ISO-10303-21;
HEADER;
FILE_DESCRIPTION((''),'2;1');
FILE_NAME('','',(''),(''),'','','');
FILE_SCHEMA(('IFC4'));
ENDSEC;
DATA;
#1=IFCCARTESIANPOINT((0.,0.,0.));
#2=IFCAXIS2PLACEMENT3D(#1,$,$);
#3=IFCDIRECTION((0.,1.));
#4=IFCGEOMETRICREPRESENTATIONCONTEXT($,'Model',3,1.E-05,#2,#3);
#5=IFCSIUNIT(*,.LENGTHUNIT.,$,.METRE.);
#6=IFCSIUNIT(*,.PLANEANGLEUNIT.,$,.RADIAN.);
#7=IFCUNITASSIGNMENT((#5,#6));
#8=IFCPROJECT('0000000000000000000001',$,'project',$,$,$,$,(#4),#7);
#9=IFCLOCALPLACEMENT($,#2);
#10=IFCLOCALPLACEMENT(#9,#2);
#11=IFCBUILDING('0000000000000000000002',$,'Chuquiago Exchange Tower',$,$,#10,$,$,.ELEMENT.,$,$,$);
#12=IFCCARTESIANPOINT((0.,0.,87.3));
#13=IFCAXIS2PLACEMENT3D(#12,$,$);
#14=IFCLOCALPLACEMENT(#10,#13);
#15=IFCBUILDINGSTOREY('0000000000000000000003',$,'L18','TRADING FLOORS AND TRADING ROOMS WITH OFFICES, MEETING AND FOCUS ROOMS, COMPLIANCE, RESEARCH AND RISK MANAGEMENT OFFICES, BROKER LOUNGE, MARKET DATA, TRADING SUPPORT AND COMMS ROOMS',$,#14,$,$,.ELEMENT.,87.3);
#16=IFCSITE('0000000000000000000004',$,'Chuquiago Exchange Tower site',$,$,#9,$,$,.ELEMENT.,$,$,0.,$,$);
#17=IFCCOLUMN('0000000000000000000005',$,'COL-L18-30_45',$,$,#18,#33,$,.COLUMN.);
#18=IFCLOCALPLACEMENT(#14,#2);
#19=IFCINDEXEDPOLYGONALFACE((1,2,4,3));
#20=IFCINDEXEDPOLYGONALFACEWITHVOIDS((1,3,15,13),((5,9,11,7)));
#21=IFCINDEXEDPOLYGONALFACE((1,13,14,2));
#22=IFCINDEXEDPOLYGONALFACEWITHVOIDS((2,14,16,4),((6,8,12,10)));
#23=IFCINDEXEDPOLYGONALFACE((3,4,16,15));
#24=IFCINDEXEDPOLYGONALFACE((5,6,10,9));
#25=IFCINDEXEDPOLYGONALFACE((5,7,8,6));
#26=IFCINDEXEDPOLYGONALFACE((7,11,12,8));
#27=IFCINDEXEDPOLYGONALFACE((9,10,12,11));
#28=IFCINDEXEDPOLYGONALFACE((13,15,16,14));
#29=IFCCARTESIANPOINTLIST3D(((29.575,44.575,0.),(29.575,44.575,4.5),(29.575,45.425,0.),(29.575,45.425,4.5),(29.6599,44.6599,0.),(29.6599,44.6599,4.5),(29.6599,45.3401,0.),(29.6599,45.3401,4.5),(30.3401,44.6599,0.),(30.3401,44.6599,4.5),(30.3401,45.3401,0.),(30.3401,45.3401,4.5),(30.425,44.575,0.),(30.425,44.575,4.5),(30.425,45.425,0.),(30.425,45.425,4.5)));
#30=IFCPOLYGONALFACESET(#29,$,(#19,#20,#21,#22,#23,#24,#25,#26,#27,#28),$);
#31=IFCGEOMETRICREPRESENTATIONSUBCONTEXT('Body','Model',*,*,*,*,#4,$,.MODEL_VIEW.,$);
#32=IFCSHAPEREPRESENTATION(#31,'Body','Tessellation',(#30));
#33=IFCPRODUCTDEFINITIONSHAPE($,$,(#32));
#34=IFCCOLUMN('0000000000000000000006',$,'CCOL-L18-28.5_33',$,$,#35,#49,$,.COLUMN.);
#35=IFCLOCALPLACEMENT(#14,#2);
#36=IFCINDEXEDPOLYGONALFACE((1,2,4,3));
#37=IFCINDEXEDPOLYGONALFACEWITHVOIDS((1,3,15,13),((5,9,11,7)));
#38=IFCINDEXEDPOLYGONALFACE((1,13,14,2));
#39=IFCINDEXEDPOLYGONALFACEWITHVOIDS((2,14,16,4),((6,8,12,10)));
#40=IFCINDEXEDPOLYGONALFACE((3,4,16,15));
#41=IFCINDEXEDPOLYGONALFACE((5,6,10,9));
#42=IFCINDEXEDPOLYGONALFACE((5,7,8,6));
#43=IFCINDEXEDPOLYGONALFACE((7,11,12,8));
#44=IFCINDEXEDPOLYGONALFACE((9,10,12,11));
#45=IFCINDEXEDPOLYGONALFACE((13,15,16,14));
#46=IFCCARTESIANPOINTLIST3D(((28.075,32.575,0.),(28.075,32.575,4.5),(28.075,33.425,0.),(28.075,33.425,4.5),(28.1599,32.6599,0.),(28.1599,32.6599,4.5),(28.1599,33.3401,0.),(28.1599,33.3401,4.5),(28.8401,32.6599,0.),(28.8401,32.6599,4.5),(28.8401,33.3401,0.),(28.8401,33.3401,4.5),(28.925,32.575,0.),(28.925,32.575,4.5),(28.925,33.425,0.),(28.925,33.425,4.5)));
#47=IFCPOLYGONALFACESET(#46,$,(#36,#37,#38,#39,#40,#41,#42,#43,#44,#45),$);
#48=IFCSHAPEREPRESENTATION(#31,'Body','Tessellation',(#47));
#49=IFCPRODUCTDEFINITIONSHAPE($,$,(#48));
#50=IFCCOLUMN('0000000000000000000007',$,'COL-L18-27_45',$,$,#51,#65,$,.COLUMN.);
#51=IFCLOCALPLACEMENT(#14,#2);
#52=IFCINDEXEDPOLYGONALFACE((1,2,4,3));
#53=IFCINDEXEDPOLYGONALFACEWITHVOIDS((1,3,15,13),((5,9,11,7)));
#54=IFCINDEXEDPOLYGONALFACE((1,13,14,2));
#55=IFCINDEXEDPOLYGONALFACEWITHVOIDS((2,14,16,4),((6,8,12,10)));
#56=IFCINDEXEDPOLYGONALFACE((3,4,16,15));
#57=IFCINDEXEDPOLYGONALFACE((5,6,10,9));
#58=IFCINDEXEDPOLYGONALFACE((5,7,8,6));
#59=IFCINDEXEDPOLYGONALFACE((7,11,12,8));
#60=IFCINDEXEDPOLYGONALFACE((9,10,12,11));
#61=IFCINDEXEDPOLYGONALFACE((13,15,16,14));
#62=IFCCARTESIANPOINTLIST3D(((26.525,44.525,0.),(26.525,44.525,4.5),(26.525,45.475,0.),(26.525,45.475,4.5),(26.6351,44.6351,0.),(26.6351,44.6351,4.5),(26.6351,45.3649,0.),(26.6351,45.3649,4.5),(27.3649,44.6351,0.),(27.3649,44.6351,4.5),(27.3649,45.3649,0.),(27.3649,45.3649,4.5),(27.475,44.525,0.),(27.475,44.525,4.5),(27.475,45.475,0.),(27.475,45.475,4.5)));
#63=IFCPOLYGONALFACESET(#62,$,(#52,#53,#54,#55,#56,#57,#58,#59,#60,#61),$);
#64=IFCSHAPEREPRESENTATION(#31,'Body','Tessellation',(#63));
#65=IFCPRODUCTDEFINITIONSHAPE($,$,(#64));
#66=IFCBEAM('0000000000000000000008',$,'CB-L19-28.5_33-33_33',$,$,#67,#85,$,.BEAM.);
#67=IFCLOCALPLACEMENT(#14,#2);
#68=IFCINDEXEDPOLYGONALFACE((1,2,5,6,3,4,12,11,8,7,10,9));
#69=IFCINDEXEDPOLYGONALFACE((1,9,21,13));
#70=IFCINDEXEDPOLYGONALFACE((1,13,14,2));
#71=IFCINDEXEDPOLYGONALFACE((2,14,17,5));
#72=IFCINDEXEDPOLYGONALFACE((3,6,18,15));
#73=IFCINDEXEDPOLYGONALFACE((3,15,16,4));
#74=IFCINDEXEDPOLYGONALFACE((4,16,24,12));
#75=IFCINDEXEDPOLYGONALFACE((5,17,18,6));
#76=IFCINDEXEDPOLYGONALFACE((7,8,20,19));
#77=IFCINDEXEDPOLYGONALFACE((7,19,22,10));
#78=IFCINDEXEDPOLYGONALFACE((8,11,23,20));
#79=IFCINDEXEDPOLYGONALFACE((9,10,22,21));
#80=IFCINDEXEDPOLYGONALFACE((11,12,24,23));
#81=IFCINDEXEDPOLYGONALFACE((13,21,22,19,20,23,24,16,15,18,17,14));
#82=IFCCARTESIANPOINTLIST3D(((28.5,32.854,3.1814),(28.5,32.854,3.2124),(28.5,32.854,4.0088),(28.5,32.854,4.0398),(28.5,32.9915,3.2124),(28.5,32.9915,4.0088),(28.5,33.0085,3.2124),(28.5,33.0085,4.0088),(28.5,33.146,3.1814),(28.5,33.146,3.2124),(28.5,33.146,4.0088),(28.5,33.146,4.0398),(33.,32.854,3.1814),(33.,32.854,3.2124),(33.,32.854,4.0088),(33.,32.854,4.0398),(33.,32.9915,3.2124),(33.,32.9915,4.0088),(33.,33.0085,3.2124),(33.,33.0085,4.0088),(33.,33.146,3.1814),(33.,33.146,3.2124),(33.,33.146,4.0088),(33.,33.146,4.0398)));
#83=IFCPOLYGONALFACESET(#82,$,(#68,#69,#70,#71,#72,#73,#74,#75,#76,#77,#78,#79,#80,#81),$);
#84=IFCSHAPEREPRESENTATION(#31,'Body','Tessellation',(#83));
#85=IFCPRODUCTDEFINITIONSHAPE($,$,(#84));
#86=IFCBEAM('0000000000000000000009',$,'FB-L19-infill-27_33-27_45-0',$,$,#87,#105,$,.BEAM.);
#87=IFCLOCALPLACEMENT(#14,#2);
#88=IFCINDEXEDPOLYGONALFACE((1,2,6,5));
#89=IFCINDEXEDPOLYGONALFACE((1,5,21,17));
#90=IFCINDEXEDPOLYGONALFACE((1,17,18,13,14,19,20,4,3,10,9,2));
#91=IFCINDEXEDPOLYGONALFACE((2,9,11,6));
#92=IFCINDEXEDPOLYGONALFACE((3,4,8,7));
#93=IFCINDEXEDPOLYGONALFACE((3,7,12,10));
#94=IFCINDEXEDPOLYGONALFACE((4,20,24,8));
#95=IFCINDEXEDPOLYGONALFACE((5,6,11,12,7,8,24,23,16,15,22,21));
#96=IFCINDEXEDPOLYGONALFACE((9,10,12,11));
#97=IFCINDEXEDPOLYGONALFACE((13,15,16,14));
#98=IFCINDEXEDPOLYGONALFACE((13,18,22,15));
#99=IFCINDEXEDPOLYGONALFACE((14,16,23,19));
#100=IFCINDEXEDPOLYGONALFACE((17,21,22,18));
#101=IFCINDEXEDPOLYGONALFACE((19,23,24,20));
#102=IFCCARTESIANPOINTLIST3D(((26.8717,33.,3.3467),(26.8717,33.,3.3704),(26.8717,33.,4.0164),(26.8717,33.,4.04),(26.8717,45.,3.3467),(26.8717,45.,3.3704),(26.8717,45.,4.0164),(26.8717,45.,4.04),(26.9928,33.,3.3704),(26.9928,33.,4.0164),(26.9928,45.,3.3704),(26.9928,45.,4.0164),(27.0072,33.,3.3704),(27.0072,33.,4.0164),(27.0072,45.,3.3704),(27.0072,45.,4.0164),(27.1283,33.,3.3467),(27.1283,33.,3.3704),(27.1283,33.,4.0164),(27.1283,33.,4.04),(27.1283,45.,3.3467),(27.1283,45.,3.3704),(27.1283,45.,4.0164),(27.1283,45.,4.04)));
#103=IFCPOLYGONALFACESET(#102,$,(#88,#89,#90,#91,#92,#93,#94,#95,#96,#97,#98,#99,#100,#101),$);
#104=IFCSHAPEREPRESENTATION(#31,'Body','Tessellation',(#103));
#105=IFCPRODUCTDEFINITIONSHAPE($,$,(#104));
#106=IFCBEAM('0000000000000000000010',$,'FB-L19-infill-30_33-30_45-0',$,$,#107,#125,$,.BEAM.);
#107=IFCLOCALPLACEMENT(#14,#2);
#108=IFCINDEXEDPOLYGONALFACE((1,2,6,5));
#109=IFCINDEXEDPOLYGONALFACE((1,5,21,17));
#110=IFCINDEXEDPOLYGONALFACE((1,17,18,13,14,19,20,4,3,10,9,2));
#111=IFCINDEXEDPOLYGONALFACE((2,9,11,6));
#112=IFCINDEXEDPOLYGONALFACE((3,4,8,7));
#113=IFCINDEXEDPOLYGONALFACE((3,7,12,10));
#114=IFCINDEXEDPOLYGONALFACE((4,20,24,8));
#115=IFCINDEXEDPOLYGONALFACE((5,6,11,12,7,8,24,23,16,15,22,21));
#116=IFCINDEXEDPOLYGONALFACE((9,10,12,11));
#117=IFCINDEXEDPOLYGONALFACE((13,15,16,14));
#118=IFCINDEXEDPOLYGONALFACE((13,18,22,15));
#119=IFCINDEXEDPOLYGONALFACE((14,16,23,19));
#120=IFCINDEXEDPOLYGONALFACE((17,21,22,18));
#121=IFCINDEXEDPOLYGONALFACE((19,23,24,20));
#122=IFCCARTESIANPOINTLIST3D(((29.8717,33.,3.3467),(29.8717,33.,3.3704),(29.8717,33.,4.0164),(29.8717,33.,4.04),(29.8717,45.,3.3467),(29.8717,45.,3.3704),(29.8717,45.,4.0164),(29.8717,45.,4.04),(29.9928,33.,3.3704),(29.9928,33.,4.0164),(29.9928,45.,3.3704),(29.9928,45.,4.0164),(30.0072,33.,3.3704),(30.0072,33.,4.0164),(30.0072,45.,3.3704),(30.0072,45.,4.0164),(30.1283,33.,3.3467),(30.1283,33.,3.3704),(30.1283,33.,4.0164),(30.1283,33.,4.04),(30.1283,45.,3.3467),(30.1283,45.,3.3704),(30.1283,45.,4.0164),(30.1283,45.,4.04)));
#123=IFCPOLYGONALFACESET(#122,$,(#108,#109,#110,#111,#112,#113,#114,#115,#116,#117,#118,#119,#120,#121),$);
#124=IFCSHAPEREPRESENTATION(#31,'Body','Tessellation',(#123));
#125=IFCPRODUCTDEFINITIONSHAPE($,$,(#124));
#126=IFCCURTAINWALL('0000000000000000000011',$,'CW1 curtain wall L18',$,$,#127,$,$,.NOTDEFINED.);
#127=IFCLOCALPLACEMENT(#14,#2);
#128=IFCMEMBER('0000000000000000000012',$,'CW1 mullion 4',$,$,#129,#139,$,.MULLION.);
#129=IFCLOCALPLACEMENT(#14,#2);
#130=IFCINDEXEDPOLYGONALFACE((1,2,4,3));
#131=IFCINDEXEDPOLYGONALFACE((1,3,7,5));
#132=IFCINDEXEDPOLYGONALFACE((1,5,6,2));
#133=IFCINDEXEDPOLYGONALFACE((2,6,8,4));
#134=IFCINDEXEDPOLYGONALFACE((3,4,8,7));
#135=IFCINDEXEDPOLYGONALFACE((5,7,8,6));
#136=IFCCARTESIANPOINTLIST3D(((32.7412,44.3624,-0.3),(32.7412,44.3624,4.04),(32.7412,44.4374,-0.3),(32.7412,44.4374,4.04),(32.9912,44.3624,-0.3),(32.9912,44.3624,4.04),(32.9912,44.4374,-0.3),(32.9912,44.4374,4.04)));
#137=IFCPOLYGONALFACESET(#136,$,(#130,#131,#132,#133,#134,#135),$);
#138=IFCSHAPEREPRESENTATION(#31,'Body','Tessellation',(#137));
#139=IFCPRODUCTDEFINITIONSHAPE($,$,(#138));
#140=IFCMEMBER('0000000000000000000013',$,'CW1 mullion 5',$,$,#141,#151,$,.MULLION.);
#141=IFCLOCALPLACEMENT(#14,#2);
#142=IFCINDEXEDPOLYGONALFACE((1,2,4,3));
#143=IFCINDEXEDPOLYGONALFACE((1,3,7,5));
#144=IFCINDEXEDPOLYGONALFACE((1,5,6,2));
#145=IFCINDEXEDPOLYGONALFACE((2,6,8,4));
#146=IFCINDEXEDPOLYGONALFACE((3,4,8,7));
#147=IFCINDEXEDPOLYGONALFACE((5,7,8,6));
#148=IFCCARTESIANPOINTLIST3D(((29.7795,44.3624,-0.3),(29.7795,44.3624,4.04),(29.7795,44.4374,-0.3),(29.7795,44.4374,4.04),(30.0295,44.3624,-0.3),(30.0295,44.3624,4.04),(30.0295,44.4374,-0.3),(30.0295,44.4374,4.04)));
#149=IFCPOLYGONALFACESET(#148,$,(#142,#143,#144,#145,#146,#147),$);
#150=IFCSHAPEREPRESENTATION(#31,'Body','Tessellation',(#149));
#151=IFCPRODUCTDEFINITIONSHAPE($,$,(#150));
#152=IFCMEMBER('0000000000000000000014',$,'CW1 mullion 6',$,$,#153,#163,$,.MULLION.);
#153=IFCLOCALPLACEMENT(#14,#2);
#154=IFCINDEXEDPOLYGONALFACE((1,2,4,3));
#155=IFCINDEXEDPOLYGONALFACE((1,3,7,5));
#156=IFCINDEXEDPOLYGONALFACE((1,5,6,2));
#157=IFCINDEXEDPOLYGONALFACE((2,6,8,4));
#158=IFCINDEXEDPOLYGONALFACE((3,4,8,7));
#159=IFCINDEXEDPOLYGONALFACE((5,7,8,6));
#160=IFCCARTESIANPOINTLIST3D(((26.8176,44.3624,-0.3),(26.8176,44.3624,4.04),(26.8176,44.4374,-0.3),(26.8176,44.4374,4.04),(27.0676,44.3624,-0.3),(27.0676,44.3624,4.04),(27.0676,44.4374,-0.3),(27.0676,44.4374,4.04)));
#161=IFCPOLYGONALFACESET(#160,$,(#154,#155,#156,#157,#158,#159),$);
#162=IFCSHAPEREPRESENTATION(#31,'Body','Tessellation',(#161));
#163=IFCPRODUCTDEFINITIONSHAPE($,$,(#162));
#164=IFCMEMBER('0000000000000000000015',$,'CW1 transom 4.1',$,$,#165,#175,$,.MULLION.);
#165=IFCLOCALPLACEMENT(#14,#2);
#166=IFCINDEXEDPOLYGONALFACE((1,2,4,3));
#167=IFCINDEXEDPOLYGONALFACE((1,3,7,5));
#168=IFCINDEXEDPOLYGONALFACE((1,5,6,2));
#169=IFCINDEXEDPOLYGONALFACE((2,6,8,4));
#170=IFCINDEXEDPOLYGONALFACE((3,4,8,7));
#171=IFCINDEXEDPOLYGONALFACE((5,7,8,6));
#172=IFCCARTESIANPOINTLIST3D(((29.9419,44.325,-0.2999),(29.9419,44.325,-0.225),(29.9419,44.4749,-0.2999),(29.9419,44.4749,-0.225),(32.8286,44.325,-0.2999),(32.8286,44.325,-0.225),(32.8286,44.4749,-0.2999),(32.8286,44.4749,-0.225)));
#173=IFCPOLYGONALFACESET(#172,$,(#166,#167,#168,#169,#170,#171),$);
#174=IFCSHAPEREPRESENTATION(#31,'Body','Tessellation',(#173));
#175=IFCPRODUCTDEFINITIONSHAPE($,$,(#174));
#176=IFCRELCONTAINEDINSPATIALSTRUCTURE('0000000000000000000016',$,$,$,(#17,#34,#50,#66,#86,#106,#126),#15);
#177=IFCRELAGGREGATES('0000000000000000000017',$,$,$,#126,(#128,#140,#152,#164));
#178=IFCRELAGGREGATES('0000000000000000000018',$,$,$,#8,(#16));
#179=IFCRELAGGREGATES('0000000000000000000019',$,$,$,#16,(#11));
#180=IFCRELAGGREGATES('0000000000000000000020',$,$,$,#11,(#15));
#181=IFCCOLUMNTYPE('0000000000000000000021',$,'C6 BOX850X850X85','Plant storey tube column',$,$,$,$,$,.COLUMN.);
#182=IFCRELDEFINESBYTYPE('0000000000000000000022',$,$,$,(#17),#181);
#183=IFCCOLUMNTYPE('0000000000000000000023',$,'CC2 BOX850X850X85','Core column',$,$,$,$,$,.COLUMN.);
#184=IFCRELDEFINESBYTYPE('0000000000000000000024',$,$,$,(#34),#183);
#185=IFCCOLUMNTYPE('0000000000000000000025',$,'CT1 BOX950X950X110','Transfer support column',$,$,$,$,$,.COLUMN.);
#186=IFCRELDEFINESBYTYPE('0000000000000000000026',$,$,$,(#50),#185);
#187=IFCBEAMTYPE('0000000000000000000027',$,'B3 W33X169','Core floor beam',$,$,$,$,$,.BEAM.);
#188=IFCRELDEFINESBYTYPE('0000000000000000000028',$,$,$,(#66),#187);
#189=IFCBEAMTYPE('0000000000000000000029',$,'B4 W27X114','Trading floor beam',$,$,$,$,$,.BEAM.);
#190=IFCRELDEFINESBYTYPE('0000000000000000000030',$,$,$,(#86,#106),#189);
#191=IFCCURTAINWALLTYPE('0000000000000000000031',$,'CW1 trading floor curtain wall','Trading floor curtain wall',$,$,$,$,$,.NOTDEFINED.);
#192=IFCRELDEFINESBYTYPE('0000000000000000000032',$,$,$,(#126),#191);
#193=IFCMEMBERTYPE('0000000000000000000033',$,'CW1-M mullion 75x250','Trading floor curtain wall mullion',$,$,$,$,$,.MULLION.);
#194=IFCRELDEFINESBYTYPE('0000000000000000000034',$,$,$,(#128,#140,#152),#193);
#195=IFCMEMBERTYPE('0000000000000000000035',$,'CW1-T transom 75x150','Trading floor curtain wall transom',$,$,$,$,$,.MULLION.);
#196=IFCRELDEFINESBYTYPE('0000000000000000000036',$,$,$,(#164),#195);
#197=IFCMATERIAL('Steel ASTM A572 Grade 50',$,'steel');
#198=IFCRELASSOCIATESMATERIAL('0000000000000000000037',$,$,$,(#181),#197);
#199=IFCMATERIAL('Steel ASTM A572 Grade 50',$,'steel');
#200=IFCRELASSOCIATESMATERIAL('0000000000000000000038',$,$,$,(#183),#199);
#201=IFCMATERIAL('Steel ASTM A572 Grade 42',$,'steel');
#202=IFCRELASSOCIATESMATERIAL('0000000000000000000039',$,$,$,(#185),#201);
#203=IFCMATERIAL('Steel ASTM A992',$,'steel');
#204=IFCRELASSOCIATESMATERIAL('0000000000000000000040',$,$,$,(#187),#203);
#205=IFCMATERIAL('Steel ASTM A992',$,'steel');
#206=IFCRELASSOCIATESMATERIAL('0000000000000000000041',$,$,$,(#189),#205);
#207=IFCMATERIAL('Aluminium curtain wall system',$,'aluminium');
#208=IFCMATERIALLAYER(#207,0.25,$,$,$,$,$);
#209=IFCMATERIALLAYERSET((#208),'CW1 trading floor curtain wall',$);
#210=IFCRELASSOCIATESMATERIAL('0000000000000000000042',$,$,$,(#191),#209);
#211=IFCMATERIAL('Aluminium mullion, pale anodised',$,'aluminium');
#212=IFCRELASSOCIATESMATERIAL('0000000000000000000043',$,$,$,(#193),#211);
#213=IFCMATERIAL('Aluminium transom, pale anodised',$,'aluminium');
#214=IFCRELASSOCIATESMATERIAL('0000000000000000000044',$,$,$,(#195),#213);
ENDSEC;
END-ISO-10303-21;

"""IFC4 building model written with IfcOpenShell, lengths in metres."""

from ifc_helpers import new_model, si_unit, direction, frame, origin, origin_2d, place, context, subcontext, project, spatial, rectangle, hollow_rectangle, i_section, extrude, material, layer, layer_set, material_profile, profile_set, type_object, element, aggregate, save


model = new_model("IFC4")

# Units and contexts
model_context = context("Model", 3, precision=1e-05, world=origin(), true_north=direction((0.0, 1.0)))
body_context = subcontext(model_context, "Body", "Model", "MODEL_VIEW")
ifc_project = project(units=[si_unit("LENGTHUNIT", "METRE"), si_unit("PLANEANGLEUNIT", "RADIAN")], contexts=[model_context])

# Site, building, storey
site_placement = place(None, origin())
site = spatial("IfcSite", under=ifc_project, at=site_placement, Name="Chuquiago Exchange Tower site", CompositionType="ELEMENT", RefElevation=0.0)
building_placement = place(site_placement, origin())
building = spatial("IfcBuilding", under=site, at=building_placement, Name="Chuquiago Exchange Tower", CompositionType="ELEMENT")
storey_placement = place(building_placement, frame((0.0, 0.0, 87.3)))
storey = spatial("IfcBuildingStorey", under=building, at=storey_placement, Name="L18", Description="TRADING FLOORS AND TRADING ROOMS WITH OFFICES, MEETING AND FOCUS ROOMS, COMPLIANCE, RESEARCH AND RISK MANAGEMENT OFFICES, BROKER LOUNGE, MARKET DATA, TRADING SUPPORT AND COMMS ROOMS", CompositionType="ELEMENT", Elevation=87.3)

# Columns
ifc_material_1 = material(Name="Steel ASTM A572 Grade 50", Category="steel")
ifc_material_profile_1 = material_profile(ifc_material_1, hollow_rectangle(XDim=0.8501, YDim=0.8501, WallThickness=0.085, at=origin_2d()), Name="BOX850X850X85")
ifc_profile_set_1 = profile_set([ifc_material_profile_1], Name="Steel ASTM A572 Grade 50")
column_type_1 = type_object("IfcColumnType", Name="C6 BOX850X850X85", Description="Plant storey tube column", PredefinedType="COLUMN", material=ifc_profile_set_1)
column_1_placement = place(storey_placement, frame((30.0, 45.0, 0.0), z_axis=(0.0, 0.0, 1.0), x_axis=(0.0, 1.0, 0.0)))
element("IfcColumn", 1, at=column_1_placement, inside=storey, type_object=column_type_1, Name="COL-L18-30_45", PredefinedType="COLUMN", context=body_context, shape_type="SweptSolid", body=[
    extrude(hollow_rectangle(XDim=0.8501, YDim=0.8501, WallThickness=0.085, at=origin_2d()), origin(), (0.0, 0.0, 1.0), 4.5),
])
ifc_material_2 = material(Name="Steel ASTM A572 Grade 50", Category="steel")
ifc_material_profile_2 = material_profile(ifc_material_2, hollow_rectangle(XDim=0.8501, YDim=0.8501, WallThickness=0.085, at=origin_2d()), Name="BOX850X850X85")
ifc_profile_set_2 = profile_set([ifc_material_profile_2], Name="Steel ASTM A572 Grade 50")
column_type_2 = type_object("IfcColumnType", Name="CC2 BOX850X850X85", Description="Core column", PredefinedType="COLUMN", material=ifc_profile_set_2)
column_2_placement = place(storey_placement, frame((28.5, 33.0, 0.0), z_axis=(0.0, 0.0, 1.0), x_axis=(1.0, 0.0, 0.0)))
element("IfcColumn", 2, at=column_2_placement, inside=storey, type_object=column_type_2, Name="CCOL-L18-28.5_33", PredefinedType="COLUMN", context=body_context, shape_type="SweptSolid", body=[
    extrude(hollow_rectangle(XDim=0.8501, YDim=0.8501, WallThickness=0.085, at=origin_2d()), origin(), (0.0, 0.0, 1.0), 4.5),
])
ifc_material_3 = material(Name="Steel ASTM A572 Grade 42", Category="steel")
ifc_material_profile_3 = material_profile(ifc_material_3, hollow_rectangle(XDim=0.95, YDim=0.95, WallThickness=0.1101, at=origin_2d()), Name="BOX950X950X110")
ifc_profile_set_3 = profile_set([ifc_material_profile_3], Name="Steel ASTM A572 Grade 42")
column_type_3 = type_object("IfcColumnType", Name="CT1 BOX950X950X110", Description="Transfer support column", PredefinedType="COLUMN", material=ifc_profile_set_3)
column_3_placement = place(storey_placement, frame((27.0, 45.0, 0.0), z_axis=(0.0, 0.0, 1.0), x_axis=(0.0, 1.0, 0.0)))
element("IfcColumn", 3, at=column_3_placement, inside=storey, type_object=column_type_3, Name="COL-L18-27_45", PredefinedType="COLUMN", context=body_context, shape_type="SweptSolid", body=[
    extrude(hollow_rectangle(XDim=0.95, YDim=0.95, WallThickness=0.1101, at=origin_2d()), origin(), (0.0, 0.0, 1.0), 4.5),
])

# Beams
ifc_material_4 = material(Name="Steel ASTM A992", Category="steel")
ifc_material_profile_4 = material_profile(ifc_material_4, i_section(OverallWidth=0.292, OverallDepth=0.8584, WebThickness=0.0171, FlangeThickness=0.031, at=origin_2d()), Name="W33X169")
ifc_profile_set_4 = profile_set([ifc_material_profile_4], Name="Steel ASTM A992")
beam_type_1 = type_object("IfcBeamType", Name="B3 W33X169", Description="Core floor beam", PredefinedType="BEAM", material=ifc_profile_set_4)
beam_placement = place(storey_placement, frame((28.5, 33.0, 3.6106), z_axis=(1.0, 0.0, 0.0), x_axis=(0.0, 1.0, 0.0)))
element("IfcBeam", 4, at=beam_placement, inside=storey, type_object=beam_type_1, Name="CB-L19-28.5_33-33_33", PredefinedType="BEAM", context=body_context, shape_type="SweptSolid", body=[
    extrude(i_section(OverallWidth=0.292, OverallDepth=0.8584, WebThickness=0.0171, FlangeThickness=0.031, at=origin_2d()), origin(), (0.0, 0.0, 1.0), 4.5),
])
ifc_material_5 = material(Name="Steel ASTM A992", Category="steel")
ifc_material_profile_5 = material_profile(ifc_material_5, i_section(OverallWidth=0.2566, OverallDepth=0.6934, WebThickness=0.0144, FlangeThickness=0.0237, at=origin_2d()), Name="W27X114")
ifc_profile_set_5 = profile_set([ifc_material_profile_5], Name="Steel ASTM A992")
beam_type_2 = type_object("IfcBeamType", Name="B4 W27X114", Description="Trading floor beam", PredefinedType="BEAM", material=ifc_profile_set_5)
for number, where, z_axis, x_axis, name in (
    (5, (27.0, 33.0, 3.6934), (0.0, 1.0, 0.0), (-1.0, 0.0, 0.0), "FB-L19-infill-27_33-27_45-0"),
    (6, (30.0, 33.0, 3.6934), (0.0, 1.0, 0.0), (-1.0, 0.0, 0.0), "FB-L19-infill-30_33-30_45-0"),
):
    element("IfcBeam", number, at=place(storey_placement, frame(where, z_axis=z_axis, x_axis=x_axis)), inside=storey, type_object=beam_type_2, Name=name, PredefinedType="BEAM", context=body_context, shape_type="SweptSolid", body=[
        extrude(i_section(OverallWidth=0.2566, OverallDepth=0.6934, WebThickness=0.0144, FlangeThickness=0.0237, at=origin_2d()), origin(), (0.0, 0.0, 1.0), 12.0),
    ])

# Curtain wall, members
ifc_material_6 = material(Name="Aluminium curtain wall system", Category="aluminium")
ifc_layer_1 = layer(ifc_material_6, 0.25)
ifc_layer_set_1 = layer_set([ifc_layer_1], Name="CW1 trading floor curtain wall")
curtain_wall_type = type_object("IfcCurtainWallType", Name="CW1 trading floor curtain wall", Description="Trading floor curtain wall", PredefinedType="NOTDEFINED", material=ifc_layer_set_1)
curtain_wall_placement = place(storey_placement, origin())
curtain_wall = element("IfcCurtainWall", 7, at=curtain_wall_placement, inside=storey, type_object=curtain_wall_type, Name="CW1 curtain wall L18", PredefinedType="NOTDEFINED")
ifc_material_7 = material(Name="Aluminium mullion, pale anodised", Category="aluminium")
ifc_material_profile_6 = material_profile(ifc_material_7, rectangle(XDim=0.075, YDim=0.25, at=origin_2d()), Name="AL 75x250")
ifc_profile_set_6 = profile_set([ifc_material_profile_6], Name="Aluminium mullion, pale anodised")
member_type_1 = type_object("IfcMemberType", Name="CW1-M mullion 75x250", Description="Trading floor curtain wall mullion", PredefinedType="MULLION", material=ifc_profile_set_6)
member_1_placement = place(storey_placement, frame((32.8662, 44.3999, -0.3), z_axis=(0.0, 0.0, 1.0), x_axis=(0.0, -1.0, 0.0)))
member_1 = element("IfcMember", 8, at=member_1_placement, type_object=member_type_1, Name="CW1 mullion 4", PredefinedType="MULLION", context=body_context, shape_type="SweptSolid", body=[
    extrude(rectangle(XDim=0.075, YDim=0.25, at=origin_2d()), origin(), (0.0, 0.0, 1.0), 4.3401),
])
member_2_placement = place(storey_placement, frame((29.9045, 44.3999, -0.3), z_axis=(0.0, 0.0, 1.0), x_axis=(0.0, -1.0, 0.0)))
member_2 = element("IfcMember", 9, at=member_2_placement, type_object=member_type_1, Name="CW1 mullion 5", PredefinedType="MULLION", context=body_context, shape_type="SweptSolid", body=[
    extrude(rectangle(XDim=0.075, YDim=0.25, at=origin_2d()), origin(), (0.0, 0.0, 1.0), 4.3401),
])
member_3_placement = place(storey_placement, frame((26.9426, 44.3999, -0.3), z_axis=(0.0, 0.0, 1.0), x_axis=(0.0, -1.0, 0.0)))
member_3 = element("IfcMember", 10, at=member_3_placement, type_object=member_type_1, Name="CW1 mullion 6", PredefinedType="MULLION", context=body_context, shape_type="SweptSolid", body=[
    extrude(rectangle(XDim=0.075, YDim=0.25, at=origin_2d()), origin(), (0.0, 0.0, 1.0), 4.3401),
])
ifc_material_8 = material(Name="Aluminium transom, pale anodised", Category="aluminium")
ifc_material_profile_7 = material_profile(ifc_material_8, rectangle(XDim=0.1499, YDim=0.075, at=origin_2d()), Name="AL 150x75")
ifc_profile_set_7 = profile_set([ifc_material_profile_7], Name="Aluminium transom, pale anodised")
member_type_2 = type_object("IfcMemberType", Name="CW1-T transom 75x150", Description="Trading floor curtain wall transom", PredefinedType="MULLION", material=ifc_profile_set_7)
member_4_placement = place(storey_placement, frame((32.8286, 44.3999, -0.2625), z_axis=(-1.0, 0.0, 0.0), x_axis=(0.0, -1.0, 0.0)))
member_4 = element("IfcMember", 11, at=member_4_placement, type_object=member_type_2, Name="CW1 transom 4.1", PredefinedType="MULLION", context=body_context, shape_type="SweptSolid", body=[
    extrude(rectangle(XDim=0.1499, YDim=0.075, at=origin_2d()), origin(), (0.0, 0.0, 1.0), 2.8867),
])

aggregate(curtain_wall, [member_1, member_2, member_3, member_4])

save(model, "model.ifc")
